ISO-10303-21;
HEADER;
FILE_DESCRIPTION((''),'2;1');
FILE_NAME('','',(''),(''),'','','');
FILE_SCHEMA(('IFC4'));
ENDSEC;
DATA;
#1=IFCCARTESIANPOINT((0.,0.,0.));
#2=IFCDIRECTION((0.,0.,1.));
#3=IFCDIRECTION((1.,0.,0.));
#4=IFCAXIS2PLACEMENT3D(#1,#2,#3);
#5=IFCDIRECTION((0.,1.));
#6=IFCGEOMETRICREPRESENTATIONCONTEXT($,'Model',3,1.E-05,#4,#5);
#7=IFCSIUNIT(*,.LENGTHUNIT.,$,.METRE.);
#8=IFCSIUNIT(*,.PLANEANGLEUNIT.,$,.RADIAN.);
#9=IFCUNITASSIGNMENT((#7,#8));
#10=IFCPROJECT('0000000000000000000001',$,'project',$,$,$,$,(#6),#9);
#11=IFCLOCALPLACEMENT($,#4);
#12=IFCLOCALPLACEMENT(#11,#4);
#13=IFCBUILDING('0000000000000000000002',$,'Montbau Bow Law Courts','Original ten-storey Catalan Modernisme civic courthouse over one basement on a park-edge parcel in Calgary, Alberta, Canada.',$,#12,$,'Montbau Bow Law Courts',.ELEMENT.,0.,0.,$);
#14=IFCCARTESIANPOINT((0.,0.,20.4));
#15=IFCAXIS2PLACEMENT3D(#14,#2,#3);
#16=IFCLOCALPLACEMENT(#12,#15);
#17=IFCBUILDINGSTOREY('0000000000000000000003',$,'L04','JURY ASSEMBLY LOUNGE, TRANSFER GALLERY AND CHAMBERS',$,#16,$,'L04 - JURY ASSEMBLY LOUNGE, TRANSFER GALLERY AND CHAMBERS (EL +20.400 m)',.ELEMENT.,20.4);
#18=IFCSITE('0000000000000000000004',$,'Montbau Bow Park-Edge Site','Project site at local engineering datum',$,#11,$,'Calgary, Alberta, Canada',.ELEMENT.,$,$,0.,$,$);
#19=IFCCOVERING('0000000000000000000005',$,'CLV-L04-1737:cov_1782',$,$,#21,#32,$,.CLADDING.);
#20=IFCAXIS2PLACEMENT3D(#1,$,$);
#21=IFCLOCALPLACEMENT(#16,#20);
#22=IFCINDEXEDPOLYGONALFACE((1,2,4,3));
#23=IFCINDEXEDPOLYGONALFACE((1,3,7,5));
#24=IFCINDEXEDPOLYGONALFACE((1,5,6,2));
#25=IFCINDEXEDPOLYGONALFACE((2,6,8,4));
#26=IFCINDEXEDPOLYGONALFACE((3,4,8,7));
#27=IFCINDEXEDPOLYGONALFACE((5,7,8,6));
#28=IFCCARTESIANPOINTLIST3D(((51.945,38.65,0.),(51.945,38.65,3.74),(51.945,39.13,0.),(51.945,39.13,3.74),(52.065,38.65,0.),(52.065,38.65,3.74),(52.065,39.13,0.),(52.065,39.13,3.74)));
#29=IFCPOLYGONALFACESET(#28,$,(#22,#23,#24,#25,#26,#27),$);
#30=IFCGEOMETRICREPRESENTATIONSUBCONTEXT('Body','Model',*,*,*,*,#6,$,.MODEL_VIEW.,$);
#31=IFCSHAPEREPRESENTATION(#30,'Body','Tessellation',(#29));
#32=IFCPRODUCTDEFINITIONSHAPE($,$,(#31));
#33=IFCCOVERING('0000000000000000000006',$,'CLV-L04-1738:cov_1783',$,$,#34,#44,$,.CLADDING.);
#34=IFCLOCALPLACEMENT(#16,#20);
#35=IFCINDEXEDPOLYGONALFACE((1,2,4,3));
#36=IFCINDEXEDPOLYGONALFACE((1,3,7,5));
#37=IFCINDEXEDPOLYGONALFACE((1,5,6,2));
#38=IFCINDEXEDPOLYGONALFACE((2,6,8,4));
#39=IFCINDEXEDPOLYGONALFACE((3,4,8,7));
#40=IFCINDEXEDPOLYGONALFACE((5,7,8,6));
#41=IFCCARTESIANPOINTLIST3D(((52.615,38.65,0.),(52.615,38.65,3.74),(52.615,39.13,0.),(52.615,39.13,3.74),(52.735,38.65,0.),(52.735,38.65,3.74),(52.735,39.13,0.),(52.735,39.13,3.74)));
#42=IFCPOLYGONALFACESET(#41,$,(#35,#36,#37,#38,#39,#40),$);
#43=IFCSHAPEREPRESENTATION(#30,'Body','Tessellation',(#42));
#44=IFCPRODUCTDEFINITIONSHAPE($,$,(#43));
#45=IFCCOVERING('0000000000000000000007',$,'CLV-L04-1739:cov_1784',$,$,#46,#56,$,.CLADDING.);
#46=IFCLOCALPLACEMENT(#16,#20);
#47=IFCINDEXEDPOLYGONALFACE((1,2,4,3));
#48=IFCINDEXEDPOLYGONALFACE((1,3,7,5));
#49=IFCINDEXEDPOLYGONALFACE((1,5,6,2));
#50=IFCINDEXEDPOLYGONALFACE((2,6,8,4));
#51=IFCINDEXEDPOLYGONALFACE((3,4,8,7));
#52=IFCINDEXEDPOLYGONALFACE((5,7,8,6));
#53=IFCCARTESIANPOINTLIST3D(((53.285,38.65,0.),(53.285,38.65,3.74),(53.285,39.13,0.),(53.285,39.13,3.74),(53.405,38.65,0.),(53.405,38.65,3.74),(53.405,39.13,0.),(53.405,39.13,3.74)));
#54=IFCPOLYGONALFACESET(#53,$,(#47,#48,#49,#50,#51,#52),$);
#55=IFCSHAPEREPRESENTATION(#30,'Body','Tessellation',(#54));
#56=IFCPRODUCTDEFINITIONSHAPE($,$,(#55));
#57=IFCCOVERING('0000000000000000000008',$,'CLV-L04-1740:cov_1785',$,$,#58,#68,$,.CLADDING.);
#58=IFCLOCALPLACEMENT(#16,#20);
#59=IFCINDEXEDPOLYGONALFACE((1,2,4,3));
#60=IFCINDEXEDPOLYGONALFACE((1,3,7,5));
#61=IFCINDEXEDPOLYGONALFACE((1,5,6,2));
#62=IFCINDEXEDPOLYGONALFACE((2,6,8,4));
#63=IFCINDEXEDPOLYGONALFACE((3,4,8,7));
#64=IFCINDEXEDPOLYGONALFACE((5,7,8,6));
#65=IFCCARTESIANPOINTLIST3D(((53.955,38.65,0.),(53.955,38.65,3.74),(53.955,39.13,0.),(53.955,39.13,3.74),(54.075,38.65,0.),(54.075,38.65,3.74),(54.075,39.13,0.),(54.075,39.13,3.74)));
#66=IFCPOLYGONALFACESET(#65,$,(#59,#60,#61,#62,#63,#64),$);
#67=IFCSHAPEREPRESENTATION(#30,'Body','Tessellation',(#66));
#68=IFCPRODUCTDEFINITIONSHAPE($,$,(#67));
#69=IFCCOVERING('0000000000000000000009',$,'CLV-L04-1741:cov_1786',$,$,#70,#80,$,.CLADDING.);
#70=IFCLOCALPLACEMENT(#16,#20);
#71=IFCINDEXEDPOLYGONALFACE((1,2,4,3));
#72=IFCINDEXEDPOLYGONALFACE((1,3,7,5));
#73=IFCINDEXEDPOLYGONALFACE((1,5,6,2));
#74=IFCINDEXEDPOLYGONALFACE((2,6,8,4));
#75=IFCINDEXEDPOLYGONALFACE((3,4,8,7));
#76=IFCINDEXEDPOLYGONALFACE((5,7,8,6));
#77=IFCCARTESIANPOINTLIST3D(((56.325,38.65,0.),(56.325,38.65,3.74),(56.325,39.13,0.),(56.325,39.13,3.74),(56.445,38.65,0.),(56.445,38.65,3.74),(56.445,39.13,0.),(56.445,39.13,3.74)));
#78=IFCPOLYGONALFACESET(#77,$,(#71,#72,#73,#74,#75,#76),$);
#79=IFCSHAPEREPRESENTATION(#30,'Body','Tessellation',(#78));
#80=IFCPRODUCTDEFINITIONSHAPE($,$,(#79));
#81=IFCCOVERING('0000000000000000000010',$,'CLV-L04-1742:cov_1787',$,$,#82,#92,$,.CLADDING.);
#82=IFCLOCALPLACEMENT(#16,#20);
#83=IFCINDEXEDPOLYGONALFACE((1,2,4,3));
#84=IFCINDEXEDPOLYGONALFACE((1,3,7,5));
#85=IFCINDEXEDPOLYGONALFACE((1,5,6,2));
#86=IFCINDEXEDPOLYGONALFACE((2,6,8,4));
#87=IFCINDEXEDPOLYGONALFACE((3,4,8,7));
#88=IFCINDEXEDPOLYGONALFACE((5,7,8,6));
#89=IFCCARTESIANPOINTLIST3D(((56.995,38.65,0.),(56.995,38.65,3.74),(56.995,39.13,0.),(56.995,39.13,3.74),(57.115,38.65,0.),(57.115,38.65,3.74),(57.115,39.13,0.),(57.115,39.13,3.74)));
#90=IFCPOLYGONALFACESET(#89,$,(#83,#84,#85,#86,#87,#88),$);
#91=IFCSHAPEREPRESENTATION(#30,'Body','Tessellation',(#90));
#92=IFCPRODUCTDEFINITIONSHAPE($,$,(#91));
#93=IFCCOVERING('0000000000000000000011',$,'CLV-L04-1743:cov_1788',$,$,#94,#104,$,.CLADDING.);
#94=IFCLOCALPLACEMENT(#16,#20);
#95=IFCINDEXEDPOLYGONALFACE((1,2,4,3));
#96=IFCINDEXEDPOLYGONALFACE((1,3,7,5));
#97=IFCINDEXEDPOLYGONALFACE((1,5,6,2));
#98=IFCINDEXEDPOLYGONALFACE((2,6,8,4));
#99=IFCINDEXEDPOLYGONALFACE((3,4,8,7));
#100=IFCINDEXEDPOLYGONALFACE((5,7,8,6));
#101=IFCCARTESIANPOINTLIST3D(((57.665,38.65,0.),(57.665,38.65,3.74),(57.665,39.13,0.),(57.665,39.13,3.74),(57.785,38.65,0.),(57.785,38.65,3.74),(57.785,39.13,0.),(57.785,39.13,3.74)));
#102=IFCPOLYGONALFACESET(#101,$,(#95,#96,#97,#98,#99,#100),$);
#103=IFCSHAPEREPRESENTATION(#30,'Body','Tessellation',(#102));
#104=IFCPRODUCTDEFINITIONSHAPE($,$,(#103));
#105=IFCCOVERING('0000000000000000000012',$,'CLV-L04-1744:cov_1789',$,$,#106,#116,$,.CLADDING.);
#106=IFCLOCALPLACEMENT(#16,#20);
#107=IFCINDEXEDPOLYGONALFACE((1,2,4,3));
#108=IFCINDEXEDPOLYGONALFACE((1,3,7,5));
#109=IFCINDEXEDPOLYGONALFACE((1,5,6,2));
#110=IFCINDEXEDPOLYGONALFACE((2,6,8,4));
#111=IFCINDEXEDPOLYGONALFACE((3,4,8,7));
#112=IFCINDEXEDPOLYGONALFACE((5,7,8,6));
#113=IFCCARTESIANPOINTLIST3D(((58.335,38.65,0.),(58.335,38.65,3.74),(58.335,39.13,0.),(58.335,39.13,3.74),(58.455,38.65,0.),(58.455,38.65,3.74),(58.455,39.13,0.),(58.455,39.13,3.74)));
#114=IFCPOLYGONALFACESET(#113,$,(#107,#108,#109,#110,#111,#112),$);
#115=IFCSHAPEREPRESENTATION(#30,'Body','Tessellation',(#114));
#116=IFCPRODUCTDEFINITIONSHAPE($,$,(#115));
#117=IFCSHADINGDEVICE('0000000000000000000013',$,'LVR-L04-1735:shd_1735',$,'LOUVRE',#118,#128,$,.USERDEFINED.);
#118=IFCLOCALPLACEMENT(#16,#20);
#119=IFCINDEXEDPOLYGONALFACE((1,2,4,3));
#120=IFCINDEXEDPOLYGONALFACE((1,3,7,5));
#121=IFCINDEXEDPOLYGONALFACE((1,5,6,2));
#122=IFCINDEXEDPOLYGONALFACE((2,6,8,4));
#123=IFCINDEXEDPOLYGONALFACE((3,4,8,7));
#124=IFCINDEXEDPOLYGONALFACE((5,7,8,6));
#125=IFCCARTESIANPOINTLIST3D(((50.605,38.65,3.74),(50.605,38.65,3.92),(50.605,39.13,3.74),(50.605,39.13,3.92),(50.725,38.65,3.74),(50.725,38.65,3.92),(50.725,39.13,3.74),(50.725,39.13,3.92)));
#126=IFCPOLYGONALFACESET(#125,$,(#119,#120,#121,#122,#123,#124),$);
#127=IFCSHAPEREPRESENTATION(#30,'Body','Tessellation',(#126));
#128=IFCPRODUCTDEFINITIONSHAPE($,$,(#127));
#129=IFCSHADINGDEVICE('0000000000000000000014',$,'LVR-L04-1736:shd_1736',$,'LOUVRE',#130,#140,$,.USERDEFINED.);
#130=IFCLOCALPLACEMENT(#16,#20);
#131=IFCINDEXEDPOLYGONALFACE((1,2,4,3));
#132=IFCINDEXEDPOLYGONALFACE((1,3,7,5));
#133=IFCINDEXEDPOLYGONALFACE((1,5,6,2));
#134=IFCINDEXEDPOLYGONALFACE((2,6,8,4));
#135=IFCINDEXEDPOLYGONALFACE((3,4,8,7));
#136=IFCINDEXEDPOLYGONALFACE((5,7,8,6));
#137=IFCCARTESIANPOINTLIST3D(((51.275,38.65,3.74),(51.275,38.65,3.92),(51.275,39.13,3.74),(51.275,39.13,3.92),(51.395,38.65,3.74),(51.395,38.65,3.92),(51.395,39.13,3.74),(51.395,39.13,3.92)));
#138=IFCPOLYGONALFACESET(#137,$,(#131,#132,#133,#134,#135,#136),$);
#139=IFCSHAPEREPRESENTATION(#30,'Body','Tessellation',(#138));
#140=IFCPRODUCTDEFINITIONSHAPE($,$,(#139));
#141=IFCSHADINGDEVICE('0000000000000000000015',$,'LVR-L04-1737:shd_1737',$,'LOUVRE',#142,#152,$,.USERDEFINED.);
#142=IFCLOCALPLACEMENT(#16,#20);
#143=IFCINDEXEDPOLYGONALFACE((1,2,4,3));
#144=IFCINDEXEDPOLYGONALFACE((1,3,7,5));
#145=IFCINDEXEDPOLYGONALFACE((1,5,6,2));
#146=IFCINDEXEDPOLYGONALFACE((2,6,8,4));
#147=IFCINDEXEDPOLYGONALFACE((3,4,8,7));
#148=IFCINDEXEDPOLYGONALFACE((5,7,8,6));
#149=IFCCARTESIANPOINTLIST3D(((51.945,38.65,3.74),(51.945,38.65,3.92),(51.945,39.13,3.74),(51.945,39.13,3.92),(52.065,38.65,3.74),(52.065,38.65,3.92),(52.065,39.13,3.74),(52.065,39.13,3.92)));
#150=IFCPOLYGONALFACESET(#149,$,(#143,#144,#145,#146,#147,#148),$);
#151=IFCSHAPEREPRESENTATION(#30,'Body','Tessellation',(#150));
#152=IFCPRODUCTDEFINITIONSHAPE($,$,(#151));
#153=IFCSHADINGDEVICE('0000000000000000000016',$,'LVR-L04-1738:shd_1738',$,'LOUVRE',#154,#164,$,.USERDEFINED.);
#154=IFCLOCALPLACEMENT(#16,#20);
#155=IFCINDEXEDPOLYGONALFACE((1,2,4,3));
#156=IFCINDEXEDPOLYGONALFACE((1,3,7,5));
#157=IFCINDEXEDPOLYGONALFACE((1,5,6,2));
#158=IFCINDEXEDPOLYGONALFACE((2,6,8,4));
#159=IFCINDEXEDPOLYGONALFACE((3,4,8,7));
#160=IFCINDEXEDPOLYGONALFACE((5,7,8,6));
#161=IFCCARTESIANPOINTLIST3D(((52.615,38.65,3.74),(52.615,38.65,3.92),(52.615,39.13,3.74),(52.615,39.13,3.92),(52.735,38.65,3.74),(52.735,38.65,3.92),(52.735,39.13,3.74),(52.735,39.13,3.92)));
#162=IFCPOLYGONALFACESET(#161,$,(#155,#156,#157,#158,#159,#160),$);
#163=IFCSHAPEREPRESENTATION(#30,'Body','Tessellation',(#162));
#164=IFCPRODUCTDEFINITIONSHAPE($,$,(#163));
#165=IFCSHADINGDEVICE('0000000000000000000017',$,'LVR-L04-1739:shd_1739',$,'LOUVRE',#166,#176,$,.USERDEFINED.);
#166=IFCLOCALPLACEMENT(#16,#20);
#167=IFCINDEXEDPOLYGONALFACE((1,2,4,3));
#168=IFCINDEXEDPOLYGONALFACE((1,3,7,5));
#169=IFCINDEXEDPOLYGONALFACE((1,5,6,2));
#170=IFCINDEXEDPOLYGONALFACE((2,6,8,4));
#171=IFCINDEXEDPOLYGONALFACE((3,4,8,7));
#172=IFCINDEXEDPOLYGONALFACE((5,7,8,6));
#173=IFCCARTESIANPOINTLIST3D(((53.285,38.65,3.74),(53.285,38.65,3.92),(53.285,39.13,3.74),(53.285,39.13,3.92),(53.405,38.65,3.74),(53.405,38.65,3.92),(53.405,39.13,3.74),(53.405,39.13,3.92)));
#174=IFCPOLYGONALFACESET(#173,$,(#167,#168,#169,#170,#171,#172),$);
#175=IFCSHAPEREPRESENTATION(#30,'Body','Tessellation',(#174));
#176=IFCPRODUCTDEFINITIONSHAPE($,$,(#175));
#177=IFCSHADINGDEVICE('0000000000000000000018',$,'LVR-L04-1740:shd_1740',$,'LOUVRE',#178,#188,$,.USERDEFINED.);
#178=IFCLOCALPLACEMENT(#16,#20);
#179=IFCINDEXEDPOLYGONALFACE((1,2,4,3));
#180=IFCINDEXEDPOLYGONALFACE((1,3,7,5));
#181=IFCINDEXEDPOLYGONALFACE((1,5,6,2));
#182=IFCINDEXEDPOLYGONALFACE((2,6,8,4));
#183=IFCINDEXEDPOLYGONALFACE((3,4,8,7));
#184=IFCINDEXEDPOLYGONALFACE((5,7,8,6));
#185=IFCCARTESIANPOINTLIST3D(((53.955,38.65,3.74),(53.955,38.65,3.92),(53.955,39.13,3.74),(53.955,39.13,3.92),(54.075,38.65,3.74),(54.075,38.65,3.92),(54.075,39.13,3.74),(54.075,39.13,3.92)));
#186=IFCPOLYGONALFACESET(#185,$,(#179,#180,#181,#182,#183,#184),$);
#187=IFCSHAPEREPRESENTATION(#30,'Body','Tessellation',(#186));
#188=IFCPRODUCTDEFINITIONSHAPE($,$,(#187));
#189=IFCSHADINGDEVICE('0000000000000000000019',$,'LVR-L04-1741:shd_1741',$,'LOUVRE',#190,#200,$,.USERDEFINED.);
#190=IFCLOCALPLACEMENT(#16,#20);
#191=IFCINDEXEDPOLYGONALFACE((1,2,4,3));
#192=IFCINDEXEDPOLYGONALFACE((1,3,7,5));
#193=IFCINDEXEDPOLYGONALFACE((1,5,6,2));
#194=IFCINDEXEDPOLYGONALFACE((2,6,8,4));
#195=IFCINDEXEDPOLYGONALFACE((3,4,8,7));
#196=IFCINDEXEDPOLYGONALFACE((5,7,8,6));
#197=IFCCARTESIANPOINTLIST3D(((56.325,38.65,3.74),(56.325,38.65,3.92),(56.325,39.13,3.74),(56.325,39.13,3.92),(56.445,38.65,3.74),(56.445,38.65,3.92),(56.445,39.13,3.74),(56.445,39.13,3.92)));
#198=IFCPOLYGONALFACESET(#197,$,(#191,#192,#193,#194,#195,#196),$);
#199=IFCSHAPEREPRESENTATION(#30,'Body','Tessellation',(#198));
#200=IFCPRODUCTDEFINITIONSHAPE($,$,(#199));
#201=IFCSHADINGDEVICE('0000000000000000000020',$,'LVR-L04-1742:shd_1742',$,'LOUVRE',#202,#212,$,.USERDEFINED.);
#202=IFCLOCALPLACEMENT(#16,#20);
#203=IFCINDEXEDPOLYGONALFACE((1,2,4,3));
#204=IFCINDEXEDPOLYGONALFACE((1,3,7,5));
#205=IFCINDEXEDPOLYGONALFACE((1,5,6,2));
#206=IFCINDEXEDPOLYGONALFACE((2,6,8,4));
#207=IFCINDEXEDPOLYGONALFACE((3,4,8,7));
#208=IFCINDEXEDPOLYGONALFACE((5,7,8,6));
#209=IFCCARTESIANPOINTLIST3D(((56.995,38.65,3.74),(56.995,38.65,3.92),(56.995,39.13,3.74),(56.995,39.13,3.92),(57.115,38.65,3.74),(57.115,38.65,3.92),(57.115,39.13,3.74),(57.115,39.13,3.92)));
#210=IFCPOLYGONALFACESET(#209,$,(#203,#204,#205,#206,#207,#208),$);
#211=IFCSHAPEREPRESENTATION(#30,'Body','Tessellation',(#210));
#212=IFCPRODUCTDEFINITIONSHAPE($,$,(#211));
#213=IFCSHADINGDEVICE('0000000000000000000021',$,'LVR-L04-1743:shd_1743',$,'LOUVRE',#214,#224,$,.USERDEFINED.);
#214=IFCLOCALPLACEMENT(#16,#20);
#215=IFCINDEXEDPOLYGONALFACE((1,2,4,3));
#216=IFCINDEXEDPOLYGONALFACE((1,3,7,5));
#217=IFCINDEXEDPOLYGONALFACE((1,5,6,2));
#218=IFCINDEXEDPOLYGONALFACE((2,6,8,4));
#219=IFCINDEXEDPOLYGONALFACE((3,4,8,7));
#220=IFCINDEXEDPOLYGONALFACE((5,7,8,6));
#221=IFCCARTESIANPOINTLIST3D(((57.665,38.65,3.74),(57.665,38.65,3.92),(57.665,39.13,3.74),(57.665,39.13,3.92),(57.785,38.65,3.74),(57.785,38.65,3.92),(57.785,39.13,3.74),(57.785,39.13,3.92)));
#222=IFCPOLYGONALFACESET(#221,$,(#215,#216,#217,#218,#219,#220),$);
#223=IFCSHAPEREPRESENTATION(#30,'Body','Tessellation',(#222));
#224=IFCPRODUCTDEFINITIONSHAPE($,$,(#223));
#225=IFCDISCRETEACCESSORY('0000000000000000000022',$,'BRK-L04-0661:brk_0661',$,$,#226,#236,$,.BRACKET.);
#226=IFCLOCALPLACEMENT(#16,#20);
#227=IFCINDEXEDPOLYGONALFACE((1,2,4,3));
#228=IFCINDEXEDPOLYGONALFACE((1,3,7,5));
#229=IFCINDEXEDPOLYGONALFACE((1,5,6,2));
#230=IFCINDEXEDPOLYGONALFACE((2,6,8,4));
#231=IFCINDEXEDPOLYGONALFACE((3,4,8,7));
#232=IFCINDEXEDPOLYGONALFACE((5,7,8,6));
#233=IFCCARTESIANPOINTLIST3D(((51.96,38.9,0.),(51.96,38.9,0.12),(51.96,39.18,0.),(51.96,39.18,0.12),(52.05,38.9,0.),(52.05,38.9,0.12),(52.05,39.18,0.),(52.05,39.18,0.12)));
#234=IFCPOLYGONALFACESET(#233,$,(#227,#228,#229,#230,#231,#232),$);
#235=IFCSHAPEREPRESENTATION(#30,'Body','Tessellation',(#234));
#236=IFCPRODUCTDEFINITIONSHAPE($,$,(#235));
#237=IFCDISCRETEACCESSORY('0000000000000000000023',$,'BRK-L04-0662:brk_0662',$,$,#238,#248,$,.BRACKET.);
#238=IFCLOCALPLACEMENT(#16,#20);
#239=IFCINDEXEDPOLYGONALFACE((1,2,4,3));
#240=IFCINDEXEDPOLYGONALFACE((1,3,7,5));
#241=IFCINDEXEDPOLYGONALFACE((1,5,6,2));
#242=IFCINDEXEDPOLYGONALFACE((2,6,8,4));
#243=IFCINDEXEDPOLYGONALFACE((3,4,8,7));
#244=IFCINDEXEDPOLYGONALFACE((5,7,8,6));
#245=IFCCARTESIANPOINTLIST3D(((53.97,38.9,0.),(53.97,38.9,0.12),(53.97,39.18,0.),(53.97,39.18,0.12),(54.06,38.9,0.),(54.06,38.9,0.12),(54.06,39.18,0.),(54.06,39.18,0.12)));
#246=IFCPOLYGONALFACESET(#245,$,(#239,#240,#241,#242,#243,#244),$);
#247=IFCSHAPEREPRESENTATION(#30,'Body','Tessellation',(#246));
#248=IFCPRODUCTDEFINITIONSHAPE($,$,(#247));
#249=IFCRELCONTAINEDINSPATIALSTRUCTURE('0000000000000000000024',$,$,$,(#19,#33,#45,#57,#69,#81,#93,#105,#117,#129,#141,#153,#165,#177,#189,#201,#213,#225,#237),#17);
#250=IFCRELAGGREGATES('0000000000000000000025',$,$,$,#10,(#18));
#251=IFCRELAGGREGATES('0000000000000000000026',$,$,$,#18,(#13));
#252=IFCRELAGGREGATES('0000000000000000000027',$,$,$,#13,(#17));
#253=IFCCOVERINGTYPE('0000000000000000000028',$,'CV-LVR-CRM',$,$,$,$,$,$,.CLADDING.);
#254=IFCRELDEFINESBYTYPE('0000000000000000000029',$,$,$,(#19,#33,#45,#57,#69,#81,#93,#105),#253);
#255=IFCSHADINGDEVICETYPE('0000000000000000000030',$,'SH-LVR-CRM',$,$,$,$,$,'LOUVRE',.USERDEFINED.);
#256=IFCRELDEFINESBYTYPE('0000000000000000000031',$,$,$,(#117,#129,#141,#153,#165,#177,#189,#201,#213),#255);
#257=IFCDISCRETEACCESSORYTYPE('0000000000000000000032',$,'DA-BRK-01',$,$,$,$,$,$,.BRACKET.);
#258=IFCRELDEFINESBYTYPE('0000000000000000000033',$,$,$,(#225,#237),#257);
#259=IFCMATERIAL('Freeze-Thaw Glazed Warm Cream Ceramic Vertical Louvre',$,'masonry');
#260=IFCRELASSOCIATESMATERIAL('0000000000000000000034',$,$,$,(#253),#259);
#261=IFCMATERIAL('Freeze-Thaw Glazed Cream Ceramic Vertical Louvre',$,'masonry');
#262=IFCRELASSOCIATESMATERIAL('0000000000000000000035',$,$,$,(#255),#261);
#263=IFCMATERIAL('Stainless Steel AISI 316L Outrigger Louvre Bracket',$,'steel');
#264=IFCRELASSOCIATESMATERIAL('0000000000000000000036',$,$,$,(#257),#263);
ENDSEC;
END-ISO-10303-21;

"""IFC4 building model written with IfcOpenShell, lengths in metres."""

from ifc_helpers import new_model, si_unit, direction, frame, frame_2d, origin_with_axes, origin_2d_with_axis, place, context, subcontext, project, spatial, rectangle, extrude, material, type_object, element, save


model = new_model("IFC4")

# Units and contexts
model_context = context("Model", 3, precision=1e-05, world=origin_with_axes(), true_north=direction((0.0, 1.0)))
body_context = subcontext(model_context, "Body", "Model", "MODEL_VIEW")
ifc_project = project(units=[si_unit("LENGTHUNIT", "METRE"), si_unit("PLANEANGLEUNIT", "RADIAN")], contexts=[model_context])

# Site, building, storey
site_placement = place(None, origin_with_axes())
site = spatial("IfcSite", under=ifc_project, at=site_placement, Name="Montbau Bow Park-Edge Site", Description="Project site at local engineering datum", LongName="Calgary, Alberta, Canada", CompositionType="ELEMENT", RefElevation=0.0)
building_placement = place(site_placement, origin_with_axes())
building = spatial("IfcBuilding", under=site, at=building_placement, Name="Montbau Bow Law Courts", Description="Original ten-storey Catalan Modernisme civic courthouse over one basement on a park-edge parcel in Calgary, Alberta, Canada.", LongName="Montbau Bow Law Courts", CompositionType="ELEMENT", ElevationOfRefHeight=0.0, ElevationOfTerrain=0.0)
storey_placement = place(building_placement, frame((0.0, 0.0, 20.4), z_axis=(0.0, 0.0, 1.0), x_axis=(1.0, 0.0, 0.0)))
storey = spatial("IfcBuildingStorey", under=building, at=storey_placement, Name="L04", Description="JURY ASSEMBLY LOUNGE, TRANSFER GALLERY AND CHAMBERS", LongName="L04 - JURY ASSEMBLY LOUNGE, TRANSFER GALLERY AND CHAMBERS (EL +20.400 m)", CompositionType="ELEMENT", Elevation=20.4)

# Coverings
ifc_material_1 = material(Name="Freeze-Thaw Glazed Warm Cream Ceramic Vertical Louvre", Category="masonry")
covering_type = type_object("IfcCoveringType", Name="CV-LVR-CRM", PredefinedType="CLADDING", material=ifc_material_1)
for number, where, z_axis, x_axis, name in (
    (1, (52.005, 39.13, 20.4), (-1.0, 0.0, 0.0), (0.0, -1.0, 0.0), "CLV-L04-1737:cov_1782"),
    (2, (52.675, 39.13, 20.4), (-1.0, 0.0, 0.0), (0.0, -1.0, 0.0), "CLV-L04-1738:cov_1783"),
    (3, (53.345, 39.13, 20.4), (-1.0, 0.0, 0.0), (0.0, -1.0, 0.0), "CLV-L04-1739:cov_1784"),
    (4, (54.015, 39.13, 20.4), (-1.0, 0.0, 0.0), (0.0, -1.0, 0.0), "CLV-L04-1740:cov_1785"),
    (5, (56.385, 39.13, 20.4), (-1.0, 0.0, 0.0), (0.0, -1.0, 0.0), "CLV-L04-1741:cov_1786"),
    (6, (57.055, 39.13, 20.4), (-1.0, 0.0, 0.0), (0.0, -1.0, 0.0), "CLV-L04-1742:cov_1787"),
    (7, (57.725, 39.13, 20.4), (-1.0, 0.0, 0.0), (0.0, -1.0, 0.0), "CLV-L04-1743:cov_1788"),
    (8, (58.395, 39.13, 20.4), (-1.0, 0.0, 0.0), (0.0, -1.0, 0.0), "CLV-L04-1744:cov_1789"),
):
    element("IfcCovering", number, at=place(None, frame(where, z_axis=z_axis, x_axis=x_axis)), inside=storey, type_object=covering_type, Name=name, PredefinedType="CLADDING", context=body_context, shape_type="SweptSolid", body=[
        extrude(rectangle(XDim=0.48, YDim=3.74, at=frame_2d((0.24, 1.87), x_axis=(1.0, 0.0))), frame((0.0, 0.0, -0.06), z_axis=(0.0, 0.0, 1.0), x_axis=(1.0, 0.0, 0.0)), (0.0, 0.0, 1.0), 0.12),
    ])

# Shading devices
ifc_material_2 = material(Name="Freeze-Thaw Glazed Cream Ceramic Vertical Louvre", Category="masonry")
shading_device_type = type_object("IfcShadingDeviceType", Name="SH-LVR-CRM", ElementType="LOUVRE", PredefinedType="USERDEFINED", material=ifc_material_2)
for number, where, z_axis, x_axis, name in (
    (9, (50.665, 38.89, 24.14), (0.0, 0.0, 1.0), (0.0, -1.0, 0.0), "LVR-L04-1735:shd_1735"),
    (10, (51.335, 38.89, 24.14), (0.0, 0.0, 1.0), (0.0, -1.0, 0.0), "LVR-L04-1736:shd_1736"),
    (11, (52.005, 38.89, 24.14), (0.0, 0.0, 1.0), (0.0, -1.0, 0.0), "LVR-L04-1737:shd_1737"),
    (12, (52.675, 38.89, 24.14), (0.0, 0.0, 1.0), (0.0, -1.0, 0.0), "LVR-L04-1738:shd_1738"),
    (13, (53.345, 38.89, 24.14), (0.0, 0.0, 1.0), (0.0, -1.0, 0.0), "LVR-L04-1739:shd_1739"),
    (14, (54.015, 38.89, 24.14), (0.0, 0.0, 1.0), (0.0, -1.0, 0.0), "LVR-L04-1740:shd_1740"),
    (15, (56.385, 38.89, 24.14), (0.0, 0.0, 1.0), (0.0, -1.0, 0.0), "LVR-L04-1741:shd_1741"),
    (16, (57.055, 38.89, 24.14), (0.0, 0.0, 1.0), (0.0, -1.0, 0.0), "LVR-L04-1742:shd_1742"),
    (17, (57.725, 38.89, 24.14), (0.0, 0.0, 1.0), (0.0, -1.0, 0.0), "LVR-L04-1743:shd_1743"),
):
    element("IfcShadingDevice", number, at=place(None, frame(where, z_axis=z_axis, x_axis=x_axis)), inside=storey, type_object=shading_device_type, Name=name, ObjectType="LOUVRE", PredefinedType="USERDEFINED", context=body_context, shape_type="SweptSolid", body=[
        extrude(rectangle(XDim=0.48, YDim=0.12, at=origin_2d_with_axis()), origin_with_axes(), (0.0, 0.0, 1.0), 0.18),
    ])

# Discrete accessories
ifc_material_3 = material(Name="Stainless Steel AISI 316L Outrigger Louvre Bracket", Category="steel")
discrete_accessory_type = type_object("IfcDiscreteAccessoryType", Name="DA-BRK-01", PredefinedType="BRACKET", material=ifc_material_3)
for number, where, z_axis, x_axis, name in (
    (18, (52.005, 39.04, 20.4), (0.0, 0.0, 1.0), (0.0, -1.0, 0.0), "BRK-L04-0661:brk_0661"),
    (19, (54.015, 39.04, 20.4), (0.0, 0.0, 1.0), (0.0, -1.0, 0.0), "BRK-L04-0662:brk_0662"),
):
    element("IfcDiscreteAccessory", number, at=place(None, frame(where, z_axis=z_axis, x_axis=x_axis)), inside=storey, type_object=discrete_accessory_type, Name=name, PredefinedType="BRACKET", context=body_context, shape_type="SweptSolid", body=[
        extrude(rectangle(XDim=0.28, YDim=0.09, at=origin_2d_with_axis()), origin_with_axes(), (0.0, 0.0, 1.0), 0.12),
    ])

save(model, "model.ifc")
